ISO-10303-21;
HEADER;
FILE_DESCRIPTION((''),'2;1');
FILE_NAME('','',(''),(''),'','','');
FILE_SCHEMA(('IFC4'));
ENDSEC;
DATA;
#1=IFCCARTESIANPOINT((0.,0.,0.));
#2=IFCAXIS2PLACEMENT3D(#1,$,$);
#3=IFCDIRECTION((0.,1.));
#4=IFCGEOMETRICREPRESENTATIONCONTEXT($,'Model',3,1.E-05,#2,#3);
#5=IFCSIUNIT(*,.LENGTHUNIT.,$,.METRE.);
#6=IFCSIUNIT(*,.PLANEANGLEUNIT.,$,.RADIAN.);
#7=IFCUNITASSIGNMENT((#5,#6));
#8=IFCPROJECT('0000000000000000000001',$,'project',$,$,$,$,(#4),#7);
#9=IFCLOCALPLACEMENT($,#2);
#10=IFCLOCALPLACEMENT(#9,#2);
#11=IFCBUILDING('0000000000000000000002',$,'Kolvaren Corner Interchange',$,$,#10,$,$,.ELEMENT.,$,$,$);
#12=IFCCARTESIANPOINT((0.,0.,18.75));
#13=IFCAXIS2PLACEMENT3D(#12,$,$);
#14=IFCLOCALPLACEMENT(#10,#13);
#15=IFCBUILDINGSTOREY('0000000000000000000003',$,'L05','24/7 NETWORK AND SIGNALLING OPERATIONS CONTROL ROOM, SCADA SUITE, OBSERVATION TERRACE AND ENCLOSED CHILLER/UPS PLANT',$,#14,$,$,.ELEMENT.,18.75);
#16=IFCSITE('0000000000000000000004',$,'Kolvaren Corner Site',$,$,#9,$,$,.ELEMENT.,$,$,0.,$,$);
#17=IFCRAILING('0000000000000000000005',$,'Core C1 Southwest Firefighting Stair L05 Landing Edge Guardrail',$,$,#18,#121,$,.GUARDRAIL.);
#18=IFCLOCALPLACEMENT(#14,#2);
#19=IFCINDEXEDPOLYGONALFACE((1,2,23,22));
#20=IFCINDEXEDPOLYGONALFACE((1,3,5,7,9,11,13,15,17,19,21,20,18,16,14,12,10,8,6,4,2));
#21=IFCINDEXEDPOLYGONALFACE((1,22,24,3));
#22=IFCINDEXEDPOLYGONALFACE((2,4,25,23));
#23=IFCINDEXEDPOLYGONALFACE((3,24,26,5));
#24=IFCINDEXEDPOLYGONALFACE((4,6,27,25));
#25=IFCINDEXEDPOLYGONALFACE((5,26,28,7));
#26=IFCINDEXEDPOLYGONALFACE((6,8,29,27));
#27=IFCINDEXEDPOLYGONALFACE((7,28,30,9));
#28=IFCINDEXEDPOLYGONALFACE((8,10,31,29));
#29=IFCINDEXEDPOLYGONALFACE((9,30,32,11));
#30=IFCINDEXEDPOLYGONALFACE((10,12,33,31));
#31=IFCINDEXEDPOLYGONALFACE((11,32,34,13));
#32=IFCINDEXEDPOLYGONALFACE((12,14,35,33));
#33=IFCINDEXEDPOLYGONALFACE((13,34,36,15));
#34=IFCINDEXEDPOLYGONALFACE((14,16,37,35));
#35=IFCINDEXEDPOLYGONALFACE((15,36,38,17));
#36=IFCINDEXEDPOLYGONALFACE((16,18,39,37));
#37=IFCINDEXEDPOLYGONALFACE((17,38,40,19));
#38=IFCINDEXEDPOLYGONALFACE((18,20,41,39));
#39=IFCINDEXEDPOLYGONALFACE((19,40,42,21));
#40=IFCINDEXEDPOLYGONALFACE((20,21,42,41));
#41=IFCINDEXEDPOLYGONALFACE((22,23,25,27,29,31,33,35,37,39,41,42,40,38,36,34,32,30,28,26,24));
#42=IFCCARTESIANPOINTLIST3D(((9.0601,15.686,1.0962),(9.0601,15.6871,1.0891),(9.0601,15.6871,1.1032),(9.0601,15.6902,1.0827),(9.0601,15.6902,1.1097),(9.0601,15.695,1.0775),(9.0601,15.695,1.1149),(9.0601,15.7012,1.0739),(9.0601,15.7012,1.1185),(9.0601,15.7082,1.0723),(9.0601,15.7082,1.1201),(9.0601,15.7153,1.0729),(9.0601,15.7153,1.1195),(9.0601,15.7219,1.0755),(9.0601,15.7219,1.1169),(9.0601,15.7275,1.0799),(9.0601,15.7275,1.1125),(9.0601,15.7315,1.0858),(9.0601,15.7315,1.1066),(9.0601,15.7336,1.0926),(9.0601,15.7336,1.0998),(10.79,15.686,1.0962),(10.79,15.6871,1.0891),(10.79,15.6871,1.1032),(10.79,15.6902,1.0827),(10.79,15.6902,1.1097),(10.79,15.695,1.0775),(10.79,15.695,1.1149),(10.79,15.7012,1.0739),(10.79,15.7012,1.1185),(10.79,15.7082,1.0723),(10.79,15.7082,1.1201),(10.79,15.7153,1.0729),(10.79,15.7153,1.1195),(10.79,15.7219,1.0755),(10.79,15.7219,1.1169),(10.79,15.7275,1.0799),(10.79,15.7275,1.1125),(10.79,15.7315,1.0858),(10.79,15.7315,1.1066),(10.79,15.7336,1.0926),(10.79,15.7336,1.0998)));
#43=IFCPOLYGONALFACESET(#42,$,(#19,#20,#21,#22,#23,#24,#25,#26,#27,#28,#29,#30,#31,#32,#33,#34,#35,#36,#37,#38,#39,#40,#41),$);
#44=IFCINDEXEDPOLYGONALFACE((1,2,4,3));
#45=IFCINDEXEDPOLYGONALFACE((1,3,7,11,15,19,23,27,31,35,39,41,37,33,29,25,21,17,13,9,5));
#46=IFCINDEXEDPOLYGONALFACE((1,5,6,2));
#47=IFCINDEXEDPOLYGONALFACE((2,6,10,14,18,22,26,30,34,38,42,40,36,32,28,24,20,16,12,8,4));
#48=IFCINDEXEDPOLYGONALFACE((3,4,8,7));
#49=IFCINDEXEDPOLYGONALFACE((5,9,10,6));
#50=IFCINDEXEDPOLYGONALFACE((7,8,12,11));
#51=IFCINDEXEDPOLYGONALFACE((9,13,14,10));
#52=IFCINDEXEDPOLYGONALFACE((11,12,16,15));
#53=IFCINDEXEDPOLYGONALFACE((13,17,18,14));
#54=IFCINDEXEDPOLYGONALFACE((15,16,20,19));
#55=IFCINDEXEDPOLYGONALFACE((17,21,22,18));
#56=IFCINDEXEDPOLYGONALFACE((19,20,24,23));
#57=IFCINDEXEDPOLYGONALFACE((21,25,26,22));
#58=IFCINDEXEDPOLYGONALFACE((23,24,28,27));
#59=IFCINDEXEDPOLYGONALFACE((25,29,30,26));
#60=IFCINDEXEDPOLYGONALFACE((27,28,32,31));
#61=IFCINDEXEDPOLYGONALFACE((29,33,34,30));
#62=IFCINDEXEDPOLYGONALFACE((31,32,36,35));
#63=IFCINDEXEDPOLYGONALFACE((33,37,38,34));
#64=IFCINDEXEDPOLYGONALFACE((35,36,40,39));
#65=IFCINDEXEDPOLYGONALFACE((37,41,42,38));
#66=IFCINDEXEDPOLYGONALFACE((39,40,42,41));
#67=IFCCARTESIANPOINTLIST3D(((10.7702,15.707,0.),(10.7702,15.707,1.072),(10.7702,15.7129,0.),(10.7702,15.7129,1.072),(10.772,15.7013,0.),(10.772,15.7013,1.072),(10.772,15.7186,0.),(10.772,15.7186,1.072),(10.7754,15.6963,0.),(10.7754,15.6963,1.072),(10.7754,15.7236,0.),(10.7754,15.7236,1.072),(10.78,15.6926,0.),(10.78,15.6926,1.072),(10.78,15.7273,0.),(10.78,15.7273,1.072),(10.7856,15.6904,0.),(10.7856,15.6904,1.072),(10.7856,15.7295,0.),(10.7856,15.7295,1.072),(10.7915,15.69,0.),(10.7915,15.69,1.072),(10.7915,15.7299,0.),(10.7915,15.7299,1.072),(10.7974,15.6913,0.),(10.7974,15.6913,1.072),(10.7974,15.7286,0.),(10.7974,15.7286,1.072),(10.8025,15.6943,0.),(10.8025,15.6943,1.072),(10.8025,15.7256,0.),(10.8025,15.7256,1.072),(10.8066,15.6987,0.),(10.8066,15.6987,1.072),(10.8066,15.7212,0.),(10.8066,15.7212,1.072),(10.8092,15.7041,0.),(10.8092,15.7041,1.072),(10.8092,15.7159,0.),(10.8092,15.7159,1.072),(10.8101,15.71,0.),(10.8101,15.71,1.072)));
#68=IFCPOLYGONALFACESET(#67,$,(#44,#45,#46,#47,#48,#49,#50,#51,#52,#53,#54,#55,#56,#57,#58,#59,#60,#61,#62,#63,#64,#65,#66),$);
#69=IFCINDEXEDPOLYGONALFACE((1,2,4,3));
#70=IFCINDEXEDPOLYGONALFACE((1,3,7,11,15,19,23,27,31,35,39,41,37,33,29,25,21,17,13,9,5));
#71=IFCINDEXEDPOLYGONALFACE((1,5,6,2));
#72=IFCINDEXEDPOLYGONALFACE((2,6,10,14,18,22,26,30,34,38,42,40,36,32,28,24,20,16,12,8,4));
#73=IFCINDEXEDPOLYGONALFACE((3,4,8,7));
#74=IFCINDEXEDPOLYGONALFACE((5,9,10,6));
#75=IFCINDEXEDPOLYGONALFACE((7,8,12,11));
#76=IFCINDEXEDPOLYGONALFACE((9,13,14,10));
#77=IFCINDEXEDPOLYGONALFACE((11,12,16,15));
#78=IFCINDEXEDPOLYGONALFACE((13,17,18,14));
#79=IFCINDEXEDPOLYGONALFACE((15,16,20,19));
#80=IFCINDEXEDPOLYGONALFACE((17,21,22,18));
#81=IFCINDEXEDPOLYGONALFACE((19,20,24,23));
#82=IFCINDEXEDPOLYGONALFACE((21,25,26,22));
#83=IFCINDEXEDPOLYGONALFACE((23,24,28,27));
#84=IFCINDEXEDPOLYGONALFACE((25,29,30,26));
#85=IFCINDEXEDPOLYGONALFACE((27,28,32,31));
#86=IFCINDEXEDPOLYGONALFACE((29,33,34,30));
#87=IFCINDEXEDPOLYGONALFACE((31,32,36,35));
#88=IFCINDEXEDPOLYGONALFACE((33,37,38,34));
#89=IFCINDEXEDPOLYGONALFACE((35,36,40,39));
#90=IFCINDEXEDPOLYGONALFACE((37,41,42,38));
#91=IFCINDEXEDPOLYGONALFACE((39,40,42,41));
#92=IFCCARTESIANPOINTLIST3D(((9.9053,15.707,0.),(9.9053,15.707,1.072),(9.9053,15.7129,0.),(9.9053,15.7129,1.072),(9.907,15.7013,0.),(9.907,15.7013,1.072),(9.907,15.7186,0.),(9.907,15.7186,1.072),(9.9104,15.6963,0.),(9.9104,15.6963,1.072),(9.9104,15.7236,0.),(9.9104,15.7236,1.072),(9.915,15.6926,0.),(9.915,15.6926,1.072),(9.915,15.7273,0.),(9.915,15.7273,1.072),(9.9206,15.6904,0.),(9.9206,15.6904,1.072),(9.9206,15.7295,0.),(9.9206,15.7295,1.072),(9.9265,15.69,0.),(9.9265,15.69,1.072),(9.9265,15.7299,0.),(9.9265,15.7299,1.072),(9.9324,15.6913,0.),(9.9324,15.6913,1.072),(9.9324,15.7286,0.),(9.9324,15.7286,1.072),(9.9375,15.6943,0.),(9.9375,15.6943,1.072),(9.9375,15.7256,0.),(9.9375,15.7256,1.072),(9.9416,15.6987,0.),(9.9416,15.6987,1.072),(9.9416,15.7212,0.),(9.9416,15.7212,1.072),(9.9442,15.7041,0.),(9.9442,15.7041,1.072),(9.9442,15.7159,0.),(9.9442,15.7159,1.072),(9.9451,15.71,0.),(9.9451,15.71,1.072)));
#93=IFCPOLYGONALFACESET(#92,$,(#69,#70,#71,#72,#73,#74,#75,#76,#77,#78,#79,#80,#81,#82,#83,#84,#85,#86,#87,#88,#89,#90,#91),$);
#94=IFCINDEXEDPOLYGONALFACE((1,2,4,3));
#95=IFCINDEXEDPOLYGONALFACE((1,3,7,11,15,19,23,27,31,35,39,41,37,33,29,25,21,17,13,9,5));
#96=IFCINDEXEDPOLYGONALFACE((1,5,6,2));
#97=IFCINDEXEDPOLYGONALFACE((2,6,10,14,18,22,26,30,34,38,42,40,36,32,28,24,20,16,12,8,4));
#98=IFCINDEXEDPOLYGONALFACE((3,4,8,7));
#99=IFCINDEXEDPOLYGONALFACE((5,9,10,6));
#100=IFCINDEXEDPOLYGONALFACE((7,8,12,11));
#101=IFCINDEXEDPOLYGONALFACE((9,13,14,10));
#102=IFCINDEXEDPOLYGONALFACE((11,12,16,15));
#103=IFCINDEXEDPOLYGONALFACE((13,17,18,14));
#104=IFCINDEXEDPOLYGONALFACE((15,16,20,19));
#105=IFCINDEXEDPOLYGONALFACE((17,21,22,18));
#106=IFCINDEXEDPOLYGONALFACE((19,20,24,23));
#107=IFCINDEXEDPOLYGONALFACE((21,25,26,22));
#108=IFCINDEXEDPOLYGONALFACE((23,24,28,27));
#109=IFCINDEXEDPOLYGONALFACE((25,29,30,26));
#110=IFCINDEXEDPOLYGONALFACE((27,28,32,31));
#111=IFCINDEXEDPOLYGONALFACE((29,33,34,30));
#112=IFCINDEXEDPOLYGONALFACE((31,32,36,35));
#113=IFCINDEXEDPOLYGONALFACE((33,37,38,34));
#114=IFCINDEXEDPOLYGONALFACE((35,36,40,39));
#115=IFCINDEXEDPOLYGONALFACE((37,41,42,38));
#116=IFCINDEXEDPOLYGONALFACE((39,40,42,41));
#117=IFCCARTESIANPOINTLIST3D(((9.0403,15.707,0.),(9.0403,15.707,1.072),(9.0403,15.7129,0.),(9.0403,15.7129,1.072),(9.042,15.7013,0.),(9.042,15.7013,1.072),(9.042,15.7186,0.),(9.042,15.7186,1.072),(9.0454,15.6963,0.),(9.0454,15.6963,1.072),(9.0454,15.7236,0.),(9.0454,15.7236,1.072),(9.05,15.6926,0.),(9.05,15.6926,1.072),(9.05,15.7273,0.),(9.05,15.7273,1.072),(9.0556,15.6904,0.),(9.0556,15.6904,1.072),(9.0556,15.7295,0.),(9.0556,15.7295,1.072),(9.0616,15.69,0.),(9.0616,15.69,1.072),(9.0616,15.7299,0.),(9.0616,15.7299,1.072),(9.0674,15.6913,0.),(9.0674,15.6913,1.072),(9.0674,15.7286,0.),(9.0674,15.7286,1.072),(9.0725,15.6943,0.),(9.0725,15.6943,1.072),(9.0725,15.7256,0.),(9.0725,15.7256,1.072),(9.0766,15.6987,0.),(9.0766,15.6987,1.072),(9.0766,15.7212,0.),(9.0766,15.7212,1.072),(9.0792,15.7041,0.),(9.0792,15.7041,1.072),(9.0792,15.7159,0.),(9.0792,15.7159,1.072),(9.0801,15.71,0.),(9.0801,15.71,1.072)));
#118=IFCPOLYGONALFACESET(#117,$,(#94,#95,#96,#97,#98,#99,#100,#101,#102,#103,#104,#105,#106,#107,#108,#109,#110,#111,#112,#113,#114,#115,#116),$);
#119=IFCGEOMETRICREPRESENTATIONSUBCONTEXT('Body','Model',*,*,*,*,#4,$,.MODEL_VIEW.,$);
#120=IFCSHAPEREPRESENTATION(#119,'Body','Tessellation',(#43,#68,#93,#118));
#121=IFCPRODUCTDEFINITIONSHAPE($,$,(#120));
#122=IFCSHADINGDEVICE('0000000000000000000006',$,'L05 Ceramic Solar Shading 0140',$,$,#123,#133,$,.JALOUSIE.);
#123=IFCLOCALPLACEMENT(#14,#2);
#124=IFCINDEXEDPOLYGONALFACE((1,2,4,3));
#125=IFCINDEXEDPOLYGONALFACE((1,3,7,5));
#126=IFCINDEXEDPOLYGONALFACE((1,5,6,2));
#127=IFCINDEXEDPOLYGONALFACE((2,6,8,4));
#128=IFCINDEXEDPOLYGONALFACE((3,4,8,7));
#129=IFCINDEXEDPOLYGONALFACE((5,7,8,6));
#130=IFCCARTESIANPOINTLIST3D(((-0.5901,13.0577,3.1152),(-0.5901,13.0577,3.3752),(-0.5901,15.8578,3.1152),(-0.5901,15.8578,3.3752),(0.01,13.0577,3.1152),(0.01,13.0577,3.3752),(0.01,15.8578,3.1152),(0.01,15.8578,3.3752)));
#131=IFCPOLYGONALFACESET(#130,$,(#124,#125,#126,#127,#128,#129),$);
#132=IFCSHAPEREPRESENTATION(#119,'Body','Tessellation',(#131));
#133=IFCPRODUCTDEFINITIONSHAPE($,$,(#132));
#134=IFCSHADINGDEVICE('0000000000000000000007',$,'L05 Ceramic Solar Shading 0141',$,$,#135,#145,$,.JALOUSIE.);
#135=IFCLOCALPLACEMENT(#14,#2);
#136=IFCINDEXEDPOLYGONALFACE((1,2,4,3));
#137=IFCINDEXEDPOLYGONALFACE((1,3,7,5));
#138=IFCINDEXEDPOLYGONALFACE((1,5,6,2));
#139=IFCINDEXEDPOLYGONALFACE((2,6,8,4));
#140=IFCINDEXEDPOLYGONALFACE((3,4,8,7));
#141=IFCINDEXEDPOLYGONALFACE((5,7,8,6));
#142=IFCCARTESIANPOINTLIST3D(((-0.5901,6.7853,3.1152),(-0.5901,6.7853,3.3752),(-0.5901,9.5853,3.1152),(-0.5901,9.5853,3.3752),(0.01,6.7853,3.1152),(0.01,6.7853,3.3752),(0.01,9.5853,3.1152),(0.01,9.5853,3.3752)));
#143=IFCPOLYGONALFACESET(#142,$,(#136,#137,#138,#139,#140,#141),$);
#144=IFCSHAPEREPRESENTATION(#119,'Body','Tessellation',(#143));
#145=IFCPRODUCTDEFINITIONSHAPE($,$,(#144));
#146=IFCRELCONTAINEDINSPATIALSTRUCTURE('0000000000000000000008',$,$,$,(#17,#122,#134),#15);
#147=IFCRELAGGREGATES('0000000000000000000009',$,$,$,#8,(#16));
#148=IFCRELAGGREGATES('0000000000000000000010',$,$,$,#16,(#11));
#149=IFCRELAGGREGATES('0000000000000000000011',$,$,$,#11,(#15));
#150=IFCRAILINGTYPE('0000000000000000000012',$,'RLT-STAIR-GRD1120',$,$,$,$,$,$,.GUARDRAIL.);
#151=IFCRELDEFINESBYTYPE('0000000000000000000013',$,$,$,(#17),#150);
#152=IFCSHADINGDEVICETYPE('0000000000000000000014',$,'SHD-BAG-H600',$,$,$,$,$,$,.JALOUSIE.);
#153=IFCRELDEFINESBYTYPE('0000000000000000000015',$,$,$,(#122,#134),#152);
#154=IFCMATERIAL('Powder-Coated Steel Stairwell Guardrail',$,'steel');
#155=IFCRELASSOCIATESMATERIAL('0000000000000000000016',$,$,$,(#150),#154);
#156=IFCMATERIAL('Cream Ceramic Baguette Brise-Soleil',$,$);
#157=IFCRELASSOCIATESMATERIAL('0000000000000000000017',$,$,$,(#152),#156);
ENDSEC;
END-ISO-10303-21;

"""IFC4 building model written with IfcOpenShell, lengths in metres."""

from ifc_helpers import new_model, si_unit, direction, frame, origin, origin_2d, place, context, subcontext, project, spatial, rectangle, circle, extrude, material, type_object, element, save


model = new_model("IFC4")

# Units and contexts
model_context = context("Model", 3, precision=1e-05, world=origin(), true_north=direction((0.0, 1.0)))
body_context = subcontext(model_context, "Body", "Model", "MODEL_VIEW")
ifc_project = project(units=[si_unit("LENGTHUNIT", "METRE"), si_unit("PLANEANGLEUNIT", "RADIAN")], contexts=[model_context])

# Site, building, storey
site_placement = place(None, origin())
site = spatial("IfcSite", under=ifc_project, at=site_placement, Name="Kolvaren Corner Site", CompositionType="ELEMENT", RefElevation=0.0)
building_placement = place(site_placement, origin())
building = spatial("IfcBuilding", under=site, at=building_placement, Name="Kolvaren Corner Interchange", CompositionType="ELEMENT")
storey_placement = place(building_placement, frame((0.0, 0.0, 18.75)))
storey = spatial("IfcBuildingStorey", under=building, at=storey_placement, Name="L05", Description="24/7 NETWORK AND SIGNALLING OPERATIONS CONTROL ROOM, SCADA SUITE, OBSERVATION TERRACE AND ENCLOSED CHILLER/UPS PLANT", CompositionType="ELEMENT", Elevation=18.75)

# Railing
ifc_material_1 = material(Name="Powder-Coated Steel Stairwell Guardrail", Category="steel")
railing_type = type_object("IfcRailingType", Name="RLT-STAIR-GRD1120", PredefinedType="GUARDRAIL", material=ifc_material_1)
railing_placement = place(storey_placement, frame((10.79, 15.71, 0.0)))
element("IfcRailing", 1, at=railing_placement, inside=storey, type_object=railing_type, Name="Core C1 Southwest Firefighting Stair L05 Landing Edge Guardrail", PredefinedType="GUARDRAIL", context=body_context, shape_type="SweptSolid", body=[
    extrude(circle(Radius=0.0239, at=origin_2d()), frame((0.0, 0.0, 1.0962), z_axis=(-1.0, 0.0, 0.0), x_axis=(0.0, -1.0, 0.0)), (0.0, 0.0, 1.0), 1.73),
    extrude(circle(Radius=0.02, at=origin_2d()), origin(), (0.0, 0.0, 1.0), 1.072),
    extrude(circle(Radius=0.02, at=origin_2d()), frame((-0.865, 0.0, 0.0)), (0.0, 0.0, 1.0), 1.072),
    extrude(circle(Radius=0.02, at=origin_2d()), frame((-1.73, 0.0, 0.0)), (0.0, 0.0, 1.0), 1.072),
])

# Shading devices
ifc_material_2 = material(Name="Cream Ceramic Baguette Brise-Soleil")
shading_device_type = type_object("IfcShadingDeviceType", Name="SHD-BAG-H600", PredefinedType="JALOUSIE", material=ifc_material_2)
for number, where, z_axis, x_axis, name in (
    (2, (-0.29, 14.4578, 3.1152), (0.0, 0.0, 1.0), (0.0, -1.0, 0.0), "L05 Ceramic Solar Shading 0140"),
    (3, (-0.29, 8.1853, 3.1152), (0.0, 0.0, 1.0), (0.0, -1.0, 0.0), "L05 Ceramic Solar Shading 0141"),
):
    element("IfcShadingDevice", number, at=place(storey_placement, frame(where, z_axis=z_axis, x_axis=x_axis)), inside=storey, type_object=shading_device_type, Name=name, PredefinedType="JALOUSIE", context=body_context, shape_type="SweptSolid", body=[
        extrude(rectangle(XDim=2.8, YDim=0.6001, at=origin_2d()), origin(), (0.0, 0.0, 1.0), 0.26),
    ])

save(model, "model.ifc")
